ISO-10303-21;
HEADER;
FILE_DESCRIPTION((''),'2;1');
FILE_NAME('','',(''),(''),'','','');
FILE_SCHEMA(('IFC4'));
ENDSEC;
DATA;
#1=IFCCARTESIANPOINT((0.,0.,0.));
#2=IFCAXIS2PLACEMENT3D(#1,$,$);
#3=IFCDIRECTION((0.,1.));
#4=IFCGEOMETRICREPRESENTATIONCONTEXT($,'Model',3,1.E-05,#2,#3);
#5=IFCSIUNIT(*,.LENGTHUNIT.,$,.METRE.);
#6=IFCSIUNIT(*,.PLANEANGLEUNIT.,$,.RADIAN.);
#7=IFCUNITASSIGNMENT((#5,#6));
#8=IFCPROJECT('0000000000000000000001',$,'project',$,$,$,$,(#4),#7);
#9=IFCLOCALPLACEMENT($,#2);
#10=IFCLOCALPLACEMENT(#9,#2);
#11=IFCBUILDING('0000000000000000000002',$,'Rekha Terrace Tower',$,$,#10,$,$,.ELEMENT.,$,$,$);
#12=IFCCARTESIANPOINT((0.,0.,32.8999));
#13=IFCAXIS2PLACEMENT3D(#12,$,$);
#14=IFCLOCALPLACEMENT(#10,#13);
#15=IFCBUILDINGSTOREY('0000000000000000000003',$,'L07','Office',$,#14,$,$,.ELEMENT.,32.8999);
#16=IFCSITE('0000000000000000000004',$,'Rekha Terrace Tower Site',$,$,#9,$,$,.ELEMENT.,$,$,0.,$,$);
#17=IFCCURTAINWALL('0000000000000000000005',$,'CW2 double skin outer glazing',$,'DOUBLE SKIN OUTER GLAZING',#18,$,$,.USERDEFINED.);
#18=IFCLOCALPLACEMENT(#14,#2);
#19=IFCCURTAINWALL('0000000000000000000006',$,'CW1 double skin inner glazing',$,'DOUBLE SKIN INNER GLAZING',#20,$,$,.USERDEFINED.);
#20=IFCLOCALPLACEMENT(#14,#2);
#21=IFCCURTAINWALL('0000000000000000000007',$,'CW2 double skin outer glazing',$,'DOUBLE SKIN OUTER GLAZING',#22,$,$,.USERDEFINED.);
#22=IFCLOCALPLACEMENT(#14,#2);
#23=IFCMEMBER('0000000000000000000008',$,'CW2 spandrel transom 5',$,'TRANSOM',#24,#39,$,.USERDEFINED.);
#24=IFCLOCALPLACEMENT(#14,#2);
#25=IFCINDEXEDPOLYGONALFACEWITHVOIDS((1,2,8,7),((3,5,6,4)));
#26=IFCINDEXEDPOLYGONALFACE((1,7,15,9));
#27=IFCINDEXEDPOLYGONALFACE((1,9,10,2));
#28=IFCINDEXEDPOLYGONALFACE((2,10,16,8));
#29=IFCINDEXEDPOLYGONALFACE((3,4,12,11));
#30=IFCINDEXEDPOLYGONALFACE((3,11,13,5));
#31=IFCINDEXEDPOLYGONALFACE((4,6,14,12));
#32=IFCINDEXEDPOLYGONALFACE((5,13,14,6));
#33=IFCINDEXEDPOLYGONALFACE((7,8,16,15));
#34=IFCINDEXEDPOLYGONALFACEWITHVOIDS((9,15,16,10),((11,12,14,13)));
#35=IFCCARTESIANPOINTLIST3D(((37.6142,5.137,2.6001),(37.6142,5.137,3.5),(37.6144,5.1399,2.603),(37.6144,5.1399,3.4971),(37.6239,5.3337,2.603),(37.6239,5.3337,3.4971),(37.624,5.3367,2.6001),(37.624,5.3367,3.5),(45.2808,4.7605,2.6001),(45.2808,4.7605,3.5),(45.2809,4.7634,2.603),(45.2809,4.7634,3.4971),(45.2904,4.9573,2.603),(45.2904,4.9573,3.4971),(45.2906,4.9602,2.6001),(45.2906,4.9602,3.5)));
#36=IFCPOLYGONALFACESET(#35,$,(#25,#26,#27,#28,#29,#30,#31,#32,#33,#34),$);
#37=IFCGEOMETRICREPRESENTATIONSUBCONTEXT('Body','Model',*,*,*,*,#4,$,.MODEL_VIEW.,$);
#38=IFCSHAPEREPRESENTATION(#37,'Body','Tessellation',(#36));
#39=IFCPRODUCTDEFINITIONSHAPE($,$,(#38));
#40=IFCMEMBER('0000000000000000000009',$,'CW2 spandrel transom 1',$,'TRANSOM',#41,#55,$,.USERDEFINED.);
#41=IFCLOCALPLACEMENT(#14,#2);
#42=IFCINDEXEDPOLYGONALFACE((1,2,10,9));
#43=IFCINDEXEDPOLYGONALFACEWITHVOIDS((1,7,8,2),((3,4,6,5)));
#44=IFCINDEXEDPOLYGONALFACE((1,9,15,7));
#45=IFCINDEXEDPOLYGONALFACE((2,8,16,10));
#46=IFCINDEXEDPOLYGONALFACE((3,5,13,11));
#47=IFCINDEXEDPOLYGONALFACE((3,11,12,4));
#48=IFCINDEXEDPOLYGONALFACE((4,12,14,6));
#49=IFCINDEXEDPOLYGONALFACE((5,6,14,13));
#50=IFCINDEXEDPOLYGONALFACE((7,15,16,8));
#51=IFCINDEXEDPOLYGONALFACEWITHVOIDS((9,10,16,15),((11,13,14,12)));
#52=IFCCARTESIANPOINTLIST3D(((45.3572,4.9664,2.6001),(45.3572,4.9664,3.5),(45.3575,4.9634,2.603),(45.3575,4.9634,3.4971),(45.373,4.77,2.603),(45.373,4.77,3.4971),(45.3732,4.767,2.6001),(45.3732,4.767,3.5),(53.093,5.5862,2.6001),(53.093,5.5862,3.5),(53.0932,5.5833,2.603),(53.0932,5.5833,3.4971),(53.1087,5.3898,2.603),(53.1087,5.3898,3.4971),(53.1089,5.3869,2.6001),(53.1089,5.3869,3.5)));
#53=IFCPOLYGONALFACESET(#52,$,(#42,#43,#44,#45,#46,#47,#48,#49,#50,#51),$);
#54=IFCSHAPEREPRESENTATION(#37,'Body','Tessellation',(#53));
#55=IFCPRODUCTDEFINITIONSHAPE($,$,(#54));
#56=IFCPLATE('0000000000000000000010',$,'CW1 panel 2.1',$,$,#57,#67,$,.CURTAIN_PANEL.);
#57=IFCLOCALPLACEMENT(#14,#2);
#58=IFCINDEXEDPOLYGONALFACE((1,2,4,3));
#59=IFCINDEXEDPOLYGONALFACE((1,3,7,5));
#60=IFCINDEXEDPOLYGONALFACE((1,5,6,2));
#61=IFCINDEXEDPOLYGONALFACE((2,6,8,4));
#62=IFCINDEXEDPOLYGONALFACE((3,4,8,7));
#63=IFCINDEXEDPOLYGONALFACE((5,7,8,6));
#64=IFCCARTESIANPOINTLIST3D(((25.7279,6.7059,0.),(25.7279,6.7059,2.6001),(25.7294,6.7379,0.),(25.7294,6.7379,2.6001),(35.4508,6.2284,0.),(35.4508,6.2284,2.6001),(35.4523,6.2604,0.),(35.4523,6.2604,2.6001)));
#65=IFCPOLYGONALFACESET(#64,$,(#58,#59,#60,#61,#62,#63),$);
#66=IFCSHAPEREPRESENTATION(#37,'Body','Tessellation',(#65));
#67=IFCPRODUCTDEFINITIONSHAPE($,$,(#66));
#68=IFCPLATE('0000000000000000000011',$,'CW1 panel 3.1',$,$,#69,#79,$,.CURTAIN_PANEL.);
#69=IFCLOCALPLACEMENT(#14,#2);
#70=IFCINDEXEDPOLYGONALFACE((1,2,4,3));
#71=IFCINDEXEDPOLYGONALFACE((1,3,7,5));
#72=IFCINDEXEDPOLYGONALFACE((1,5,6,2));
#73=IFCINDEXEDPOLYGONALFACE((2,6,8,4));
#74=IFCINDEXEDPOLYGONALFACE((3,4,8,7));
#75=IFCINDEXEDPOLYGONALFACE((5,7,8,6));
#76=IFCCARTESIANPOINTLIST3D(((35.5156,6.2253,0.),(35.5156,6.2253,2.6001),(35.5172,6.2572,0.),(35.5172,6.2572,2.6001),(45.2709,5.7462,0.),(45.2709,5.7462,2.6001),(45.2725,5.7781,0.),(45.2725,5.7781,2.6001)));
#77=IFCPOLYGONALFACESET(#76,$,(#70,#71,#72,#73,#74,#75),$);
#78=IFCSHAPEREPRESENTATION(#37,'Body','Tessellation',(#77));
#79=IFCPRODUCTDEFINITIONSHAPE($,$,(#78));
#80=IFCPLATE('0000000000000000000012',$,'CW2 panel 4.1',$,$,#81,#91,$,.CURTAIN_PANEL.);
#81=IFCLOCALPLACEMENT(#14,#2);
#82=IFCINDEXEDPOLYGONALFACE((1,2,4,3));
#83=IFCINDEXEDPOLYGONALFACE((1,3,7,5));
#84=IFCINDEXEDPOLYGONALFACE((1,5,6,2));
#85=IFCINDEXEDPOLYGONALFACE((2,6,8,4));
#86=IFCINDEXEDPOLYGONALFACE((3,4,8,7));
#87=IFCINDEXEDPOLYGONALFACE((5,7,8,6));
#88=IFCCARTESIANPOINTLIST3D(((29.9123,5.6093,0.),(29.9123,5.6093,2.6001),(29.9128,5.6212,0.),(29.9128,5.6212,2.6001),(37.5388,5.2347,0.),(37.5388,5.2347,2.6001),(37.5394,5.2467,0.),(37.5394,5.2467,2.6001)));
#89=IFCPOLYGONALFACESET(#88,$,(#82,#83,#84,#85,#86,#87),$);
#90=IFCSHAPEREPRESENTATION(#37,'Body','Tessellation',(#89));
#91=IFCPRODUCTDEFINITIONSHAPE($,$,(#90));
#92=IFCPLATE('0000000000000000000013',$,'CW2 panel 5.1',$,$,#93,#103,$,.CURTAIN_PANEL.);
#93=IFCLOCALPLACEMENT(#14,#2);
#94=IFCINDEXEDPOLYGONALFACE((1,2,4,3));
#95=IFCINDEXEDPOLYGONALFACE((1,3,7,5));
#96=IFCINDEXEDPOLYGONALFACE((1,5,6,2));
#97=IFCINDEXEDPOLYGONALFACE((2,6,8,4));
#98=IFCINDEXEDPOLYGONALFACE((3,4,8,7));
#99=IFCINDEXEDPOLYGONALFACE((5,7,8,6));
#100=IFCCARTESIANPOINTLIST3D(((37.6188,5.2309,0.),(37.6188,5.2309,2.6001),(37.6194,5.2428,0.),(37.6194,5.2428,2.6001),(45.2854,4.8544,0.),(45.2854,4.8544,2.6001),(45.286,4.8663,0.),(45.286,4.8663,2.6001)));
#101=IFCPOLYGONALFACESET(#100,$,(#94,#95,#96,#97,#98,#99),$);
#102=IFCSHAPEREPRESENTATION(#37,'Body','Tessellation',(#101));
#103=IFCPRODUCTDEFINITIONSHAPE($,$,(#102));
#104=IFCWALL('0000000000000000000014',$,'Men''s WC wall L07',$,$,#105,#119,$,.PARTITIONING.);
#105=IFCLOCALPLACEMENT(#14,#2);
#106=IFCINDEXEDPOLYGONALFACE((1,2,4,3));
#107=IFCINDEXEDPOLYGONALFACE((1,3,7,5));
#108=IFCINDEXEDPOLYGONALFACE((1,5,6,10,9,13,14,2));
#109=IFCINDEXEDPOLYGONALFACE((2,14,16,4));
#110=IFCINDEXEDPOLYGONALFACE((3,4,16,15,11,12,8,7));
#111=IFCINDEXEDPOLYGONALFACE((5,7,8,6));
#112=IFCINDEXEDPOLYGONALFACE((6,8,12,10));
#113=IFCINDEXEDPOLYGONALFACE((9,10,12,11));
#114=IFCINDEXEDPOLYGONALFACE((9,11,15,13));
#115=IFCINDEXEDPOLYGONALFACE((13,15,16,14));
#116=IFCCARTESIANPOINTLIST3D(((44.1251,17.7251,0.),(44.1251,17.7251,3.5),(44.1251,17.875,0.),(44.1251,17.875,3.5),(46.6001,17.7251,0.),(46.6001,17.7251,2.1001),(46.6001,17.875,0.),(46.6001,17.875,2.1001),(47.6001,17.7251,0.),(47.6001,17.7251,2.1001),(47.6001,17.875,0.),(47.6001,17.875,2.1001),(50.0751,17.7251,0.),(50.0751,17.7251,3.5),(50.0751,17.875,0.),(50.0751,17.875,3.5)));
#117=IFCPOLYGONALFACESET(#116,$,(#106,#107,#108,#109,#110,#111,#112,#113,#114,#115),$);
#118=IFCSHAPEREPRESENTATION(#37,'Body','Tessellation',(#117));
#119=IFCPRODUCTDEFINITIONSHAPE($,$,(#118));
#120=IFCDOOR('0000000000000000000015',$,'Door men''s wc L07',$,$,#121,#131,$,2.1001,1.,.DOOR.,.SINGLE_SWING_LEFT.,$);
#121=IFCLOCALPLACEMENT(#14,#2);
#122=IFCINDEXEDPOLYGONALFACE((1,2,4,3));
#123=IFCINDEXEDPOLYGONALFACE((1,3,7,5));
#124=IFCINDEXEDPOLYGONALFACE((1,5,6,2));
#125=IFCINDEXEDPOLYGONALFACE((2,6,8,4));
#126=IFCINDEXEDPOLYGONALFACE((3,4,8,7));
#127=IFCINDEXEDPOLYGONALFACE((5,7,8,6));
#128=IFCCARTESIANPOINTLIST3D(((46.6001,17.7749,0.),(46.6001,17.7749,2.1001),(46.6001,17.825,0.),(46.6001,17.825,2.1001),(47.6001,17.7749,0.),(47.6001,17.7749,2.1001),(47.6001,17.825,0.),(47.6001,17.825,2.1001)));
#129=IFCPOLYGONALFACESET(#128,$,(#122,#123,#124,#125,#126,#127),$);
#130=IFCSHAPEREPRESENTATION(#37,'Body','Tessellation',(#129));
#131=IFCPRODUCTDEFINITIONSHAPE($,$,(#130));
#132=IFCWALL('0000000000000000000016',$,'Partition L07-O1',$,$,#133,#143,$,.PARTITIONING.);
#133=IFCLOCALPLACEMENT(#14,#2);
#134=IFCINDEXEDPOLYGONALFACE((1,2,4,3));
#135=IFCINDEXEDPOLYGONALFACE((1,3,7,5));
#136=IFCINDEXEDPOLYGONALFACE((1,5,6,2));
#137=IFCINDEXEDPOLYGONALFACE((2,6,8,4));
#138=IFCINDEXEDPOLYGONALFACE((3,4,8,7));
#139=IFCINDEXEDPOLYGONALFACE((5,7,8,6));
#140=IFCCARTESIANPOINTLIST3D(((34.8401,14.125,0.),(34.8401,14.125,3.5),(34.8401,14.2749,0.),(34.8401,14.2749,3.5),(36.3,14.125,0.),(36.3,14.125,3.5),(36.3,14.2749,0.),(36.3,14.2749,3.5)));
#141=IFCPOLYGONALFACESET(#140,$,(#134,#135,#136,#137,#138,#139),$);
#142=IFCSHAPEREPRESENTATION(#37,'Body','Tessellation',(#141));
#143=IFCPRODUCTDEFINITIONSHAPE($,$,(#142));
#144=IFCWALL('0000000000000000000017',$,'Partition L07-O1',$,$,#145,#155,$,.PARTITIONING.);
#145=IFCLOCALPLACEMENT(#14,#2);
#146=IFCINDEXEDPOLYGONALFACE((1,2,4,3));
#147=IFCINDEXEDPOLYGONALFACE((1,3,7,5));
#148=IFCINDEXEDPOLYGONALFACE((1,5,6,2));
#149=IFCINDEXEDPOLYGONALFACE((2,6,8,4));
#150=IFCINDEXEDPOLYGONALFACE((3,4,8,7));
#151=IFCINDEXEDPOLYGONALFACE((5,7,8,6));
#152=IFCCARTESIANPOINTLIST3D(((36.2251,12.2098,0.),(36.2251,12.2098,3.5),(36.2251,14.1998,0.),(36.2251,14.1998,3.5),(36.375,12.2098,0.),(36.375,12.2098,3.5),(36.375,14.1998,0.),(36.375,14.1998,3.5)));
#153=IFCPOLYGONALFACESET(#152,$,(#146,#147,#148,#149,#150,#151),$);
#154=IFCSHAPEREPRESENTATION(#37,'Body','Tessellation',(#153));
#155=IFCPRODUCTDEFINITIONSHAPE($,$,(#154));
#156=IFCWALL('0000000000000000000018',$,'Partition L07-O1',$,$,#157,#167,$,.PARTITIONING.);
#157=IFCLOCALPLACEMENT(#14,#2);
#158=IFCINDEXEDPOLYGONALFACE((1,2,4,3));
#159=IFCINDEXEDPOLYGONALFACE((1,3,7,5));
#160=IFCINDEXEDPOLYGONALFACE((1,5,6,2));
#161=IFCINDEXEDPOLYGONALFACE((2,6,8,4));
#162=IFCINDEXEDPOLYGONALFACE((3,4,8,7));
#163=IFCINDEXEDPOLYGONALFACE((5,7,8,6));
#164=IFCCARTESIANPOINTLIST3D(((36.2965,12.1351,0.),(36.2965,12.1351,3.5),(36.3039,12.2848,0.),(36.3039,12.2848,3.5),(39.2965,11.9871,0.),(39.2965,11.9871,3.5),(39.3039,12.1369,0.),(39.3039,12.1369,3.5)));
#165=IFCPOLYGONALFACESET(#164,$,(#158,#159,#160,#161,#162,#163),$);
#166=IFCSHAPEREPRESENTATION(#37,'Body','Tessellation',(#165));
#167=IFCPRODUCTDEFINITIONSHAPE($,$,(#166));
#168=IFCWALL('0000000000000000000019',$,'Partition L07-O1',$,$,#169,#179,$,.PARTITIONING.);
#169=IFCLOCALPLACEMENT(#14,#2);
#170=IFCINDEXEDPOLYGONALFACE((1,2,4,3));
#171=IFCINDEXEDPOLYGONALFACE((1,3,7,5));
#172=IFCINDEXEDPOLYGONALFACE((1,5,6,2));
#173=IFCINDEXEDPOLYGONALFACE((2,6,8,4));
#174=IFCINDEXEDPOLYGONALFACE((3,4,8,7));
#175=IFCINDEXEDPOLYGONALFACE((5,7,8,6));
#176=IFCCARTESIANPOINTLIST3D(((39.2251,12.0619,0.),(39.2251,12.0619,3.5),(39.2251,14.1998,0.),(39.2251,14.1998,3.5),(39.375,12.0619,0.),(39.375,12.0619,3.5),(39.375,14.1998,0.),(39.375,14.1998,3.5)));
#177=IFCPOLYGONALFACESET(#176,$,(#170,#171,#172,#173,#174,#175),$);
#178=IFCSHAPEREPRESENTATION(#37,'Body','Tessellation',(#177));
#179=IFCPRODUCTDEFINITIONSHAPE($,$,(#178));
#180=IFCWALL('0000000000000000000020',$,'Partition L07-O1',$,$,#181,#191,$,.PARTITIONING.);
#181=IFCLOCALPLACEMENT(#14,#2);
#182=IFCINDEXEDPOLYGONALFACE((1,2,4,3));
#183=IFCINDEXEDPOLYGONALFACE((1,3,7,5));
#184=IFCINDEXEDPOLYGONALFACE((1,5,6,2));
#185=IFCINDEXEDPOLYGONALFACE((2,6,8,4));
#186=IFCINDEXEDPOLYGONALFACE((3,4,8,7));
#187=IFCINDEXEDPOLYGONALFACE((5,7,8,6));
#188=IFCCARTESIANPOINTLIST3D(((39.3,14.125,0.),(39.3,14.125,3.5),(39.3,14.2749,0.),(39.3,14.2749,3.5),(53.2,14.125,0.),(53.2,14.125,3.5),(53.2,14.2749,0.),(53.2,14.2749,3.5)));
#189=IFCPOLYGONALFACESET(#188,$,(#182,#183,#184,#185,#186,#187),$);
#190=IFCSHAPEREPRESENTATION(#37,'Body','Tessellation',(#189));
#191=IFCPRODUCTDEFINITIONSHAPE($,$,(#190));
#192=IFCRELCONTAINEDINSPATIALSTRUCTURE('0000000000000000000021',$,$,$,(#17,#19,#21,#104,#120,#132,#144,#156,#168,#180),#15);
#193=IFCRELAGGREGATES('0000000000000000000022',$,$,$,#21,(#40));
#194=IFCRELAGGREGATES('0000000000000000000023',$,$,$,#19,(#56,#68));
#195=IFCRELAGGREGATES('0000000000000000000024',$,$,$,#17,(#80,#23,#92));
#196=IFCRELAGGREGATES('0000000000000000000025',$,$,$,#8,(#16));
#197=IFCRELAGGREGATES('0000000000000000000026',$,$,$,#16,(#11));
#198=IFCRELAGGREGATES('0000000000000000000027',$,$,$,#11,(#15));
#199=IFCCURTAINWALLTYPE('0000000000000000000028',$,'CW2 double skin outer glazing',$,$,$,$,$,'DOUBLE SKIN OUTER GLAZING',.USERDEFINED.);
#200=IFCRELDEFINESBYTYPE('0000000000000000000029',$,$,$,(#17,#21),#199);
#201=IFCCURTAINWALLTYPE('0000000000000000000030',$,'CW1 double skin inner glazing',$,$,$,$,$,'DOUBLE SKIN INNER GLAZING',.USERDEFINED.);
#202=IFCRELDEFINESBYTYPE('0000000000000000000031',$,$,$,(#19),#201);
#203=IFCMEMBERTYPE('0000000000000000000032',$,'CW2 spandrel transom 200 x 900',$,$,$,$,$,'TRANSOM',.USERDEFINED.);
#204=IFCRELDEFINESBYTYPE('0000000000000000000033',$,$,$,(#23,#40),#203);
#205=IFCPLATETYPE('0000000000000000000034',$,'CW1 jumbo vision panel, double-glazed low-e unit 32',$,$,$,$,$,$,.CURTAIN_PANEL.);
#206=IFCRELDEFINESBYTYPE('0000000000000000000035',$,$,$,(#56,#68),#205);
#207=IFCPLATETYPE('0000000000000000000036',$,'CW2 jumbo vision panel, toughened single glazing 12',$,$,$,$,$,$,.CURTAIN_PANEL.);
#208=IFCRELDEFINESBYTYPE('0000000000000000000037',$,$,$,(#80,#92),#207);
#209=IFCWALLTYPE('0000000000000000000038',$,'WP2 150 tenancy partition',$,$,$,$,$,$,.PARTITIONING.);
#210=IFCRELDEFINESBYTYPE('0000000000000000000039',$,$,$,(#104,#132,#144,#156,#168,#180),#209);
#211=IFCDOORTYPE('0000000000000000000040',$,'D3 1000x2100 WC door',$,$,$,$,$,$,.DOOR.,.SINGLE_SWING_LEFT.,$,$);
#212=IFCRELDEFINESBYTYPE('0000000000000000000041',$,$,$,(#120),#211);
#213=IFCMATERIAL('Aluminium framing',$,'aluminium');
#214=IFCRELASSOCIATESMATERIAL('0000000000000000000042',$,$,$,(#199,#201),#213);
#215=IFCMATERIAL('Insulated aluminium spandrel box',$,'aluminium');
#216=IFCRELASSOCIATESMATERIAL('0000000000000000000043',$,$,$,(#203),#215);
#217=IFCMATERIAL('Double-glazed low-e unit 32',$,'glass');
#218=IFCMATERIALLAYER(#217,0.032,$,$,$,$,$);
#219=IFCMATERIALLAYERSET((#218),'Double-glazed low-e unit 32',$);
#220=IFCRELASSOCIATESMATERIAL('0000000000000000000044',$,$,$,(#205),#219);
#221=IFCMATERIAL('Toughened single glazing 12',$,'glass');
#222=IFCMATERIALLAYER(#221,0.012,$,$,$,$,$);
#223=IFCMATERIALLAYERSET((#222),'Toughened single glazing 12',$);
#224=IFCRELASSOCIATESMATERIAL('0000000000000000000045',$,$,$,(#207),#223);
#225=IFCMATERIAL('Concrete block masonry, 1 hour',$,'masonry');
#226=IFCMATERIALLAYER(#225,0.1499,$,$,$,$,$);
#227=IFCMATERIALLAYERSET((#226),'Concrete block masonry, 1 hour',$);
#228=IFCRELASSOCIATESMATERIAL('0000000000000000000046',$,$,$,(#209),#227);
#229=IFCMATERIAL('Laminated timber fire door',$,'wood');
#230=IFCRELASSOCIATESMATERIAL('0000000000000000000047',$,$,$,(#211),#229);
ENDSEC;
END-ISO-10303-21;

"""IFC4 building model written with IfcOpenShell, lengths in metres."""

from ifc_helpers import new_model, si_unit, direction, frame, frame_2d, origin, origin_2d, place, context, subcontext, project, spatial, rectangle, hollow_rectangle, extrude, material, layer, layer_set, material_profile, profile_set, type_object, element, fill, aggregate, save


model = new_model("IFC4")

# Units and contexts
model_context = context("Model", 3, precision=1e-05, world=origin(), true_north=direction((0.0, 1.0)))
body_context = subcontext(model_context, "Body", "Model", "MODEL_VIEW")
ifc_project = project(units=[si_unit("LENGTHUNIT", "METRE"), si_unit("PLANEANGLEUNIT", "RADIAN")], contexts=[model_context])

# Site, building, storey
site_placement = place(None, origin())
site = spatial("IfcSite", under=ifc_project, at=site_placement, Name="Rekha Terrace Tower Site", CompositionType="ELEMENT", RefElevation=0.0)
building_placement = place(site_placement, origin())
building = spatial("IfcBuilding", under=site, at=building_placement, Name="Rekha Terrace Tower", CompositionType="ELEMENT")
storey_placement = place(building_placement, frame((0.0, 0.0, 32.8999)))
storey = spatial("IfcBuildingStorey", under=building, at=storey_placement, Name="L07", Description="Office", CompositionType="ELEMENT", Elevation=32.8999)

# Curtain walls
ifc_material_1 = material(Name="Aluminium framing", Category="aluminium")
curtain_wall_type_1 = type_object("IfcCurtainWallType", Name="CW2 double skin outer glazing", ElementType="DOUBLE SKIN OUTER GLAZING", PredefinedType="USERDEFINED", material=ifc_material_1)
curtain_wall_1_placement = place(storey_placement, origin())
curtain_wall_1 = element("IfcCurtainWall", 1, at=curtain_wall_1_placement, inside=storey, type_object=curtain_wall_type_1, Name="CW2 double skin outer glazing", ObjectType="DOUBLE SKIN OUTER GLAZING", PredefinedType="USERDEFINED")
curtain_wall_type_2 = type_object("IfcCurtainWallType", Name="CW1 double skin inner glazing", ElementType="DOUBLE SKIN INNER GLAZING", PredefinedType="USERDEFINED", material=ifc_material_1)
curtain_wall_2_placement = place(storey_placement, origin())
curtain_wall_2 = element("IfcCurtainWall", 2, at=curtain_wall_2_placement, inside=storey, type_object=curtain_wall_type_2, Name="CW1 double skin inner glazing", ObjectType="DOUBLE SKIN INNER GLAZING", PredefinedType="USERDEFINED")

# Shared definitions
ifc_material_2 = material(Name="Insulated aluminium spandrel box", Category="aluminium")

# Curtain wall
curtain_wall_3_placement = place(storey_placement, origin())
curtain_wall_3 = element("IfcCurtainWall", 3, at=curtain_wall_3_placement, inside=storey, type_object=curtain_wall_type_1, Name="CW2 double skin outer glazing", ObjectType="DOUBLE SKIN OUTER GLAZING", PredefinedType="USERDEFINED")

# Members
ifc_material_profile_1 = material_profile(ifc_material_2, hollow_rectangle(XDim=0.2, YDim=0.8999, WallThickness=0.0029, at=origin_2d()), Name="AL SPANDREL BOX 200x900")
ifc_profile_set_1 = profile_set([ifc_material_profile_1], Name="Insulated aluminium spandrel box")
member_type_1 = type_object("IfcMemberType", Name="CW2 spandrel transom 200 x 900", ElementType="TRANSOM", PredefinedType="USERDEFINED", material=ifc_profile_set_1)
member_1_placement = place(storey_placement, frame((37.6191, 5.2368, 3.05), z_axis=(0.998797, -0.049046, 0.0), x_axis=(0.049046, 0.998797, 0.0)))
member_1 = element("IfcMember", 4, at=member_1_placement, type_object=member_type_1, Name="CW2 spandrel transom 5", ObjectType="TRANSOM", PredefinedType="USERDEFINED", context=body_context, shape_type="SweptSolid", body=[
    extrude(hollow_rectangle(XDim=0.2, YDim=0.8999, WallThickness=0.0029, at=origin_2d()), origin(), (0.0, 0.0, 1.0), 7.6758),
])
member_2_placement = place(storey_placement, frame((45.3652, 4.8667, 3.05), z_axis=(0.996805, 0.079877, 0.0), x_axis=(-0.079877, 0.996805, 0.0)))
member_2 = element("IfcMember", 5, at=member_2_placement, type_object=member_type_1, Name="CW2 spandrel transom 1", ObjectType="TRANSOM", PredefinedType="USERDEFINED", context=body_context, shape_type="SweptSolid", body=[
    extrude(hollow_rectangle(XDim=0.2, YDim=0.8999, WallThickness=0.0029, at=origin_2d()), origin(), (0.0, 0.0, 1.0), 7.7605),
])
aggregate(curtain_wall_3, [member_2])

# Plates
ifc_material_3 = material(Name="Double-glazed low-e unit 32", Category="glass")
ifc_layer_1 = layer(ifc_material_3, 0.032)
ifc_layer_set_1 = layer_set([ifc_layer_1], Name="Double-glazed low-e unit 32")
plate_type_1 = type_object("IfcPlateType", Name="CW1 jumbo vision panel, double-glazed low-e unit 32", PredefinedType="CURTAIN_PANEL", material=ifc_layer_set_1)
plate_1_placement = place(storey_placement, frame((30.5901, 6.4832, 0.0), z_axis=(0.0, 0.0, 1.0), x_axis=(0.998796, -0.049052, 0.0)))
plate_1 = element("IfcPlate", 6, at=plate_1_placement, type_object=plate_type_1, Name="CW1 panel 2.1", PredefinedType="CURTAIN_PANEL", context=body_context, shape_type="SweptSolid", body=[
    extrude(rectangle(XDim=9.7346, YDim=0.032, at=origin_2d()), origin(), (0.0, 0.0, 1.0), 2.6001),
])
plate_2_placement = place(storey_placement, frame((40.394, 6.0017, 0.0), z_axis=(0.0, 0.0, 1.0), x_axis=(0.998796, -0.049052, 0.0)))
plate_2 = element("IfcPlate", 7, at=plate_2_placement, type_object=plate_type_1, Name="CW1 panel 3.1", PredefinedType="CURTAIN_PANEL", context=body_context, shape_type="SweptSolid", body=[
    extrude(rectangle(XDim=9.7671, YDim=0.032, at=origin_2d()), origin(), (0.0, 0.0, 1.0), 2.6001),
])
aggregate(curtain_wall_2, [plate_1, plate_2])
ifc_material_4 = material(Name="Toughened single glazing 12", Category="glass")
ifc_layer_2 = layer(ifc_material_4, 0.012)
ifc_layer_set_2 = layer_set([ifc_layer_2], Name="Toughened single glazing 12")
plate_type_2 = type_object("IfcPlateType", Name="CW2 jumbo vision panel, toughened single glazing 12", PredefinedType="CURTAIN_PANEL", material=ifc_layer_set_2)
plate_3_placement = place(storey_placement, frame((33.7258, 5.428, 0.0), z_axis=(0.0, 0.0, 1.0), x_axis=(0.998796, -0.049052, 0.0)))
plate_3 = element("IfcPlate", 8, at=plate_3_placement, type_object=plate_type_2, Name="CW2 panel 4.1", PredefinedType="CURTAIN_PANEL", context=body_context, shape_type="SweptSolid", body=[
    extrude(rectangle(XDim=7.6357, YDim=0.012, at=origin_2d()), origin(), (0.0, 0.0, 1.0), 2.6001),
])
plate_4_placement = place(storey_placement, frame((41.4524, 5.0486, 0.0), z_axis=(0.0, 0.0, 1.0), x_axis=(0.998796, -0.049052, 0.0)))
plate_4 = element("IfcPlate", 9, at=plate_4_placement, type_object=plate_type_2, Name="CW2 panel 5.1", PredefinedType="CURTAIN_PANEL", context=body_context, shape_type="SweptSolid", body=[
    extrude(rectangle(XDim=7.6758, YDim=0.012, at=origin_2d()), origin(), (0.0, 0.0, 1.0), 2.6001),
])
aggregate(curtain_wall_1, [plate_3, member_1, plate_4])

# Wall, opening, door
ifc_material_5 = material(Name="Concrete block masonry, 1 hour", Category="masonry")
ifc_layer_3 = layer(ifc_material_5, 0.1499)
ifc_layer_set_3 = layer_set([ifc_layer_3], Name="Concrete block masonry, 1 hour")
wall_type_1 = type_object("IfcWallType", Name="WP2 150 tenancy partition", PredefinedType="PARTITIONING", material=ifc_layer_set_3)
wall_1_placement = place(storey_placement, frame((44.125, 17.8, 0.0), z_axis=(0.0, 0.0, 1.0), x_axis=(1.0, 0.0, 0.0)))
wall_1 = element("IfcWall", 10, at=wall_1_placement, inside=storey, type_object=wall_type_1, Name="Men's WC wall L07", PredefinedType="PARTITIONING", context=body_context, shape_type="SweptSolid", body=[
    extrude(rectangle(XDim=5.95, YDim=0.1499, at=frame_2d((2.9751, 0.0))), origin(), (0.0, 0.0, 1.0), 3.5),
])
opening_1_placement = place(wall_1_placement, frame((2.4751, 0.0, 0.0)))
opening_1 = element("IfcOpeningElement", 11, at=opening_1_placement, cuts=wall_1, PredefinedType="OPENING", context=body_context, shape_type="SweptSolid", body=[
    extrude(rectangle(XDim=1.0, YDim=2.1001, at=frame_2d((0.5, 1.05))), frame((0.0, 0.085, 0.0), z_axis=(0.0, -1.0, 0.0), x_axis=(1.0, 0.0, 0.0)), (0.0, 0.0, 1.0), 0.1699),
])
ifc_material_6 = material(Name="Laminated timber fire door", Category="wood")
door_type_1 = type_object("IfcDoorType", Name="D3 1000x2100 WC door", OperationType="SINGLE_SWING_LEFT", PredefinedType="DOOR", material=ifc_material_6)
door_1_placement = place(opening_1_placement, origin())
door_1 = element("IfcDoor", 12, at=door_1_placement, inside=storey, type_object=door_type_1, Name="Door men's wc L07", OperationType="SINGLE_SWING_LEFT", OverallHeight=2.1001, OverallWidth=1.0, PredefinedType="DOOR", context=body_context, shape_type="SweptSolid", body=[
    extrude(rectangle(XDim=1.0, YDim=2.1001, at=frame_2d((0.5, 1.05))), frame((0.0, 0.0249, 0.0), z_axis=(0.0, -1.0, 0.0), x_axis=(1.0, 0.0, 0.0)), (0.0, 0.0, 1.0), 0.05),
])
fill(opening_1, door_1)

# Walls
wall_2_placement = place(storey_placement, frame((34.8401, 14.2, 0.0), z_axis=(0.0, 0.0, 1.0), x_axis=(1.0, 0.0, 0.0)))
element("IfcWall", 13, at=wall_2_placement, inside=storey, type_object=wall_type_1, Name="Partition L07-O1", PredefinedType="PARTITIONING", context=body_context, shape_type="SweptSolid", body=[
    extrude(rectangle(XDim=1.46, YDim=0.1499, at=frame_2d((0.73, 0.0))), origin(), (0.0, 0.0, 1.0), 3.5),
])
wall_3_placement = place(storey_placement, frame((36.3, 14.2, 0.0), z_axis=(0.0, 0.0, 1.0), x_axis=(0.0, -1.0, 0.0)))
element("IfcWall", 14, at=wall_3_placement, inside=storey, type_object=wall_type_1, Name="Partition L07-O1", PredefinedType="PARTITIONING", context=body_context, shape_type="SweptSolid", body=[
    extrude(rectangle(XDim=1.99, YDim=0.1499, at=frame_2d((0.9951, 0.0))), origin(), (0.0, 0.0, 1.0), 3.5),
])
wall_4_placement = place(storey_placement, frame((36.3, 12.21, 0.0), z_axis=(0.0, 0.0, 1.0), x_axis=(0.998786, -0.049257, 0.0)))
element("IfcWall", 15, at=wall_4_placement, inside=storey, type_object=wall_type_1, Name="Partition L07-O1", PredefinedType="PARTITIONING", context=body_context, shape_type="SweptSolid", body=[
    extrude(rectangle(XDim=3.0037, YDim=0.1499, at=frame_2d((1.502, 0.0))), origin(), (0.0, 0.0, 1.0), 3.5),
])
wall_5_placement = place(storey_placement, frame((39.3, 12.062, 0.0), z_axis=(0.0, 0.0, 1.0), x_axis=(0.0, 1.0, 0.0)))
element("IfcWall", 16, at=wall_5_placement, inside=storey, type_object=wall_type_1, Name="Partition L07-O1", PredefinedType="PARTITIONING", context=body_context, shape_type="SweptSolid", body=[
    extrude(rectangle(XDim=2.1379, YDim=0.1499, at=frame_2d((1.0688, 0.0))), origin(), (0.0, 0.0, 1.0), 3.5),
])
wall_6_placement = place(storey_placement, frame((39.3, 14.2, 0.0), z_axis=(0.0, 0.0, 1.0), x_axis=(1.0, 0.0, 0.0)))
element("IfcWall", 17, at=wall_6_placement, inside=storey, type_object=wall_type_1, Name="Partition L07-O1", PredefinedType="PARTITIONING", context=body_context, shape_type="SweptSolid", body=[
    extrude(rectangle(XDim=13.8999, YDim=0.1499, at=frame_2d((6.95, 0.0))), origin(), (0.0, 0.0, 1.0), 3.5),
])

save(model, "model.ifc")
